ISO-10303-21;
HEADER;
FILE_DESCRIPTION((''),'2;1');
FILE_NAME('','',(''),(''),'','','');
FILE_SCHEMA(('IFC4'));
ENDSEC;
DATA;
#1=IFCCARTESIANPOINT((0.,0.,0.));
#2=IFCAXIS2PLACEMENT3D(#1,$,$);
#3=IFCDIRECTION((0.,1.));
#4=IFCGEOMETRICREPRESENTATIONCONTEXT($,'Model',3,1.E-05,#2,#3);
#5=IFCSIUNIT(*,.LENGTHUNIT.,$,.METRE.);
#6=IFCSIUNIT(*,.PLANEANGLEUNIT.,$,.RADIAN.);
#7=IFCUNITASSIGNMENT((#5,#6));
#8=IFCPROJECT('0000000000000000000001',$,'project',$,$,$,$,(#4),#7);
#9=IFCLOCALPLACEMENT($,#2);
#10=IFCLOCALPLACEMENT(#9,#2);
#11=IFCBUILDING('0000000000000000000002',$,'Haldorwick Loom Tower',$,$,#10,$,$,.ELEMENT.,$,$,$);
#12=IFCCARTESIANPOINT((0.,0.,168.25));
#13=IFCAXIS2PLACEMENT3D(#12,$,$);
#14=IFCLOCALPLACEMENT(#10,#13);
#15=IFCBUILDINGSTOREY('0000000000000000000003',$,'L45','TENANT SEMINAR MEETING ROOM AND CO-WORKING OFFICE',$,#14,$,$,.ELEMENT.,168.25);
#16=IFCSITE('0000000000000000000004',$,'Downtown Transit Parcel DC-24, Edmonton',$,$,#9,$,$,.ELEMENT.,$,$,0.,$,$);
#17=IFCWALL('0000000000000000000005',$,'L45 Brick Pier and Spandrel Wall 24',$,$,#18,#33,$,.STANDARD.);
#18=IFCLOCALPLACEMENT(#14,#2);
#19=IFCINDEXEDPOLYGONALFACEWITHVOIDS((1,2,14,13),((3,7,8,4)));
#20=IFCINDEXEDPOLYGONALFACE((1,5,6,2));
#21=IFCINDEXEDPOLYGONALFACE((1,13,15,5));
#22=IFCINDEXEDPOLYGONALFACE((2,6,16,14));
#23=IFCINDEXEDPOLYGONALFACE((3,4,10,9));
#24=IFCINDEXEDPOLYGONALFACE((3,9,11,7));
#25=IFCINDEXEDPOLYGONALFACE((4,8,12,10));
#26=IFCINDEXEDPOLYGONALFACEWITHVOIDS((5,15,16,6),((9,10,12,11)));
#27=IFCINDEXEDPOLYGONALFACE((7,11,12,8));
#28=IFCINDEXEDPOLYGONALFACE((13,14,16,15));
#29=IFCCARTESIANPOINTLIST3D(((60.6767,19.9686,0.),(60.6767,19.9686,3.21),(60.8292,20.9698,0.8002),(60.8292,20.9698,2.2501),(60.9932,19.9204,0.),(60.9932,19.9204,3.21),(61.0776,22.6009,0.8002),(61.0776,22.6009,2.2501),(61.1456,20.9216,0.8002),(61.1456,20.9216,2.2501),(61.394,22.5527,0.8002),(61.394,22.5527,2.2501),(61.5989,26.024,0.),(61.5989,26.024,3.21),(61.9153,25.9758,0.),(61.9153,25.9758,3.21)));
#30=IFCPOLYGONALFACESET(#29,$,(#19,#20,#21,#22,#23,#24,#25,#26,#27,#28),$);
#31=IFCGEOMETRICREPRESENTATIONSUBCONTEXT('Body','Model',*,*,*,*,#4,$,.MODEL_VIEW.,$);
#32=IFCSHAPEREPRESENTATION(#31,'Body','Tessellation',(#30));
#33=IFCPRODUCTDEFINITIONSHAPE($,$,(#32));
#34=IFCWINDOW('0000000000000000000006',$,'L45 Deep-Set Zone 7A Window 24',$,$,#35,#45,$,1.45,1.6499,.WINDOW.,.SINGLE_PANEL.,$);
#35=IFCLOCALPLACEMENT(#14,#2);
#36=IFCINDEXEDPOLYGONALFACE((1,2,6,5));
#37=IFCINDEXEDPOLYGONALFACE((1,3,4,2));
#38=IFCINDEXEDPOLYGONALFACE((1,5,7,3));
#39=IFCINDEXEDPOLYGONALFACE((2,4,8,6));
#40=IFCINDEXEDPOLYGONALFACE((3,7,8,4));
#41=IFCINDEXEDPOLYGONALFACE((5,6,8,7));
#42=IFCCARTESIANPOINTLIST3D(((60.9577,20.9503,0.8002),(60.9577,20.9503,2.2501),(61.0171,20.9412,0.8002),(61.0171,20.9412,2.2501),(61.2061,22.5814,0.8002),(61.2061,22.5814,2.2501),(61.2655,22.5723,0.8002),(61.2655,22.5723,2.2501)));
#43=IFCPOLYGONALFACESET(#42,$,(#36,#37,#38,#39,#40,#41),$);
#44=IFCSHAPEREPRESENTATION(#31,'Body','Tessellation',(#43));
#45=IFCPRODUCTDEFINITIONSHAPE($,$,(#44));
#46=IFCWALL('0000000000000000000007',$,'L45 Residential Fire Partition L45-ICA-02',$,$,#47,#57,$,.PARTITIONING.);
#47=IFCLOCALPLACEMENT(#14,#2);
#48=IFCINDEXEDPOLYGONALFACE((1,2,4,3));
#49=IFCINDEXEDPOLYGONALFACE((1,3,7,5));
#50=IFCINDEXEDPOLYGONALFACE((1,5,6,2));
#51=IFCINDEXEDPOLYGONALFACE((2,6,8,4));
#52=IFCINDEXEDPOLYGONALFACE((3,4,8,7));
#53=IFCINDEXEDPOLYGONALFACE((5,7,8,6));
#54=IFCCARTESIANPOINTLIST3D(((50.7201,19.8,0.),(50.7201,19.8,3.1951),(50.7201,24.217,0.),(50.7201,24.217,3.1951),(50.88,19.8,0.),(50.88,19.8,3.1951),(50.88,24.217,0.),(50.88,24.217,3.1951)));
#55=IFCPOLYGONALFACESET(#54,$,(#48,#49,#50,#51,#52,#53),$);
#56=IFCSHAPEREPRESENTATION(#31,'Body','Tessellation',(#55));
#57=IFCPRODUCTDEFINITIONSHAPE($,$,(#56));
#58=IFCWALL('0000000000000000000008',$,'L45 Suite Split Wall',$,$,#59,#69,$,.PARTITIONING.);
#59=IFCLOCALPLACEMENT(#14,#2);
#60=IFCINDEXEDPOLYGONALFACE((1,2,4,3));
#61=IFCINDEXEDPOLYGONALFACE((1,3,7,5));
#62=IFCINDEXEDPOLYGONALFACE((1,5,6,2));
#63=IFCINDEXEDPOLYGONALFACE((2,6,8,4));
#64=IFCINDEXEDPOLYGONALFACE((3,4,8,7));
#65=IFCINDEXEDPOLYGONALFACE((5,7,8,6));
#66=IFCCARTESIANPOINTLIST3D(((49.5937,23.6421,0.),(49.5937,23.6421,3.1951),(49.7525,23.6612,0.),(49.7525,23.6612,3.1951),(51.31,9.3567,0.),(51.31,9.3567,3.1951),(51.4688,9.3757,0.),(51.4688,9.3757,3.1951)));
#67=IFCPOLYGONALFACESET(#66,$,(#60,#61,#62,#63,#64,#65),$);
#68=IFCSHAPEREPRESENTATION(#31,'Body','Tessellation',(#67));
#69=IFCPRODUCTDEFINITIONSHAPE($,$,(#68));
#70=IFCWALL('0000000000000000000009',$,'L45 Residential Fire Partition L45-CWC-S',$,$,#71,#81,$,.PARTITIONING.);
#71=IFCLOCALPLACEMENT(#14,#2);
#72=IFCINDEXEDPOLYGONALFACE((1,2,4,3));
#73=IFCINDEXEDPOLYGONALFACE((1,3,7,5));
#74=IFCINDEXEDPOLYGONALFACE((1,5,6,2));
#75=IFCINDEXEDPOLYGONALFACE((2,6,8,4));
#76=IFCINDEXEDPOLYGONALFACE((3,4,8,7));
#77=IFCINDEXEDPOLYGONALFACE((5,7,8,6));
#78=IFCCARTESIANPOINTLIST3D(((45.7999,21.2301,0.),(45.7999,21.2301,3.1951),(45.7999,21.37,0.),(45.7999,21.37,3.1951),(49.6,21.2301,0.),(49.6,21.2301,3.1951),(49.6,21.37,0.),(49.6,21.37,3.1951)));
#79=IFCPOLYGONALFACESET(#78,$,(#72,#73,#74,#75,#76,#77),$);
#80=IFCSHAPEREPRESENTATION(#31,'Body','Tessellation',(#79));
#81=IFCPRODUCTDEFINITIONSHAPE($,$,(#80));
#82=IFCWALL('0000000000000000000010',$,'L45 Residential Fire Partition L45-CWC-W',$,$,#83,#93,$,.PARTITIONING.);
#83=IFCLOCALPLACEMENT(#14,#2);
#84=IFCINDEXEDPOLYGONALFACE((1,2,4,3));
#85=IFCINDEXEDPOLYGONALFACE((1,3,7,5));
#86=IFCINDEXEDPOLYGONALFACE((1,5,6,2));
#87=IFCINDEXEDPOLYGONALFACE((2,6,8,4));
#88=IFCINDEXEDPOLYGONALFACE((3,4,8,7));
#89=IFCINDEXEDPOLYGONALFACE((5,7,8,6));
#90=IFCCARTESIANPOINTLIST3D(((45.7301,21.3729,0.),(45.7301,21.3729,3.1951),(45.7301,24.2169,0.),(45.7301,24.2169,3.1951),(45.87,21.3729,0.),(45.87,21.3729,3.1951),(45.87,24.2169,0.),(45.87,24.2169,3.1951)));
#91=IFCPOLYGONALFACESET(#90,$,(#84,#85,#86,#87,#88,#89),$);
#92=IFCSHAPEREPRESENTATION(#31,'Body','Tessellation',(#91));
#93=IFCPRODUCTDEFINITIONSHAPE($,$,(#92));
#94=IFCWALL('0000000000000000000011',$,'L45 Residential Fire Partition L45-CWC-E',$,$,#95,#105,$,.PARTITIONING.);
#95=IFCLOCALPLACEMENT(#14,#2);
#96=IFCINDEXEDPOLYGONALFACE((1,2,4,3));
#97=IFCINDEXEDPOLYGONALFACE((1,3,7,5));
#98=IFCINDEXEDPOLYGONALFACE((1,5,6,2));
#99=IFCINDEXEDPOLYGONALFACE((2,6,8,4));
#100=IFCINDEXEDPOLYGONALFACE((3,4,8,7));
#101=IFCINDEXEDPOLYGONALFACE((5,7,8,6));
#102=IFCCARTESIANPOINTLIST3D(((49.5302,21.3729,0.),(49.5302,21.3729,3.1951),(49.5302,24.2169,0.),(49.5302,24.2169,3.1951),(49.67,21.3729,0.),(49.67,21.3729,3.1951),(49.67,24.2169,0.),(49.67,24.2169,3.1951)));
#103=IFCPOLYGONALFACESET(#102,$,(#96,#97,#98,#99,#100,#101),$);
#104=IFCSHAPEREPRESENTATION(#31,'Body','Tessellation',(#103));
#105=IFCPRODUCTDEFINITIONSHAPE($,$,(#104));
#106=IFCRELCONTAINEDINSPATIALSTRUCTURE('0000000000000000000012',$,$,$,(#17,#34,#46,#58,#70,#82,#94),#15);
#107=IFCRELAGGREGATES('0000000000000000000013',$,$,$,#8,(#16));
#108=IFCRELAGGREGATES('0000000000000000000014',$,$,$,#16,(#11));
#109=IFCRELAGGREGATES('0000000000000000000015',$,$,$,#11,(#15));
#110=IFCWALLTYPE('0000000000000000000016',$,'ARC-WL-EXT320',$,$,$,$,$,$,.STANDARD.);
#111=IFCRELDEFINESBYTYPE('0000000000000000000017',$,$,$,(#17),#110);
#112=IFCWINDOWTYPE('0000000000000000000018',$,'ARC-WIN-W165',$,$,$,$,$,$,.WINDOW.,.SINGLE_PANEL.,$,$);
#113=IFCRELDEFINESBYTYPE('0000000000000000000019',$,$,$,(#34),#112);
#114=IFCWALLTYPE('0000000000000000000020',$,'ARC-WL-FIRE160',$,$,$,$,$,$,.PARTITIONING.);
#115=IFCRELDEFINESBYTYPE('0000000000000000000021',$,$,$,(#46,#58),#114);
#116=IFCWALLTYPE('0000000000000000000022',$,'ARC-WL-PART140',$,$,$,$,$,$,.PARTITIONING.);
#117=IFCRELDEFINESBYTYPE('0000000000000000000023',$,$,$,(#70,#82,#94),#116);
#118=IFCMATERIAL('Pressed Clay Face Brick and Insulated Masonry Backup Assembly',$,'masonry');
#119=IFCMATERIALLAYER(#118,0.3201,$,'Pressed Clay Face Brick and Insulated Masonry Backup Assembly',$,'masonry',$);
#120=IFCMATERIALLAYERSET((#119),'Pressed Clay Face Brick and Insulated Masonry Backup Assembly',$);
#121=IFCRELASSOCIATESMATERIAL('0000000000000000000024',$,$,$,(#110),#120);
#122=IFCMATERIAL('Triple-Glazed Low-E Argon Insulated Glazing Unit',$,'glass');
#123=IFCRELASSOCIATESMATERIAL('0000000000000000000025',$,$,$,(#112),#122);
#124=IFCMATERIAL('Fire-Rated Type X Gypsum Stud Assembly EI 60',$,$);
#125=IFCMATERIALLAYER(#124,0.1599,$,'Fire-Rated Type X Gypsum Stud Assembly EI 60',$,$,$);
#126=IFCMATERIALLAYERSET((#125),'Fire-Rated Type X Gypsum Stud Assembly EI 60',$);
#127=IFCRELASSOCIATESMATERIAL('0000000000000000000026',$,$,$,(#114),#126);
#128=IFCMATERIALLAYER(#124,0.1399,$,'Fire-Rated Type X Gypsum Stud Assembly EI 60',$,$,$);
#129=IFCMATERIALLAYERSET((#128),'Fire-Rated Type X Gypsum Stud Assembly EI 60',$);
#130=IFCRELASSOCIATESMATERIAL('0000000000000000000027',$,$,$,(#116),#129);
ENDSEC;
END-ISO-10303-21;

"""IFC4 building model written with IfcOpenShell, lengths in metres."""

from ifc_helpers import new_model, si_unit, direction, frame, frame_2d, origin, place, context, subcontext, project, spatial, rectangle, extrude, material, layer, layer_set, type_object, element, fill, save


model = new_model("IFC4")

# Units and contexts
model_context = context("Model", 3, precision=1e-05, world=origin(), true_north=direction((0.0, 1.0)))
body_context = subcontext(model_context, "Body", "Model", "MODEL_VIEW")
ifc_project = project(units=[si_unit("LENGTHUNIT", "METRE"), si_unit("PLANEANGLEUNIT", "RADIAN")], contexts=[model_context])

# Site, building, storey
site_placement = place(None, origin())
site = spatial("IfcSite", under=ifc_project, at=site_placement, Name="Downtown Transit Parcel DC-24, Edmonton", CompositionType="ELEMENT", RefElevation=0.0)
building_placement = place(site_placement, origin())
building = spatial("IfcBuilding", under=site, at=building_placement, Name="Haldorwick Loom Tower", CompositionType="ELEMENT")
storey_placement = place(building_placement, frame((0.0, 0.0, 168.25)))
storey = spatial("IfcBuildingStorey", under=building, at=storey_placement, Name="L45", Description="TENANT SEMINAR MEETING ROOM AND CO-WORKING OFFICE", CompositionType="ELEMENT", Elevation=168.25)

# Shared definitions
ifc_material_1 = material(Name="Pressed Clay Face Brick and Insulated Masonry Backup Assembly", Category="masonry")
ifc_layer_1 = layer(ifc_material_1, 0.3201, Name="Pressed Clay Face Brick and Insulated Masonry Backup Assembly", Category="masonry")
ifc_layer_set_1 = layer_set([ifc_layer_1], Name="Pressed Clay Face Brick and Insulated Masonry Backup Assembly")
wall_type_1 = type_object("IfcWallType", Name="ARC-WL-EXT320", PredefinedType="STANDARD", material=ifc_layer_set_1)

# Wall, opening, window
wall_1_placement = place(storey_placement, frame((60.835, 19.9446, 0.0), z_axis=(0.0, 0.0, 1.0), x_axis=(0.150544, 0.988603, 0.0)))
wall_1 = element("IfcWall", 1, at=wall_1_placement, inside=storey, type_object=wall_type_1, Name="L45 Brick Pier and Spandrel Wall 24", PredefinedType="STANDARD", context=body_context, shape_type="SweptSolid", body=[
    extrude(rectangle(XDim=6.1252, YDim=0.3201, at=frame_2d((3.0625, 0.0))), origin(), (0.0, 0.0, 1.0), 3.21),
])
opening_1_placement = place(wall_1_placement, frame((1.0127, 0.0, 0.8)))
opening_1 = element("IfcOpeningElement", 2, at=opening_1_placement, cuts=wall_1, PredefinedType="OPENING", context=body_context, shape_type="SweptSolid", body=[
    extrude(rectangle(XDim=1.6499, YDim=1.45, at=frame_2d((0.825, 0.7251))), frame((0.0, 0.1699, 0.0), z_axis=(0.0, -1.0, 0.0), x_axis=(1.0, 0.0, 0.0)), (0.0, 0.0, 1.0), 0.3401),
])
ifc_material_2 = material(Name="Triple-Glazed Low-E Argon Insulated Glazing Unit", Category="glass")
window_type = type_object("IfcWindowType", Name="ARC-WIN-W165", PartitioningType="SINGLE_PANEL", PredefinedType="WINDOW", material=ifc_material_2)
window_placement = place(opening_1_placement, origin())
window = element("IfcWindow", 3, at=window_placement, inside=storey, type_object=window_type, Name="L45 Deep-Set Zone 7A Window 24", OverallHeight=1.45, OverallWidth=1.6499, PartitioningType="SINGLE_PANEL", PredefinedType="WINDOW", context=body_context, shape_type="SweptSolid", body=[
    extrude(rectangle(XDim=1.6499, YDim=1.45, at=frame_2d((0.825, 0.7251))), frame((0.0, 0.03, 0.0), z_axis=(0.0, -1.0, 0.0), x_axis=(1.0, 0.0, 0.0)), (0.0, 0.0, 1.0), 0.0601),
])
fill(opening_1, window)

# Walls
ifc_material_3 = material(Name="Fire-Rated Type X Gypsum Stud Assembly EI 60")
ifc_layer_2 = layer(ifc_material_3, 0.1599, Name="Fire-Rated Type X Gypsum Stud Assembly EI 60")
ifc_layer_set_2 = layer_set([ifc_layer_2], Name="Fire-Rated Type X Gypsum Stud Assembly EI 60")
wall_type_2 = type_object("IfcWallType", Name="ARC-WL-FIRE160", PredefinedType="PARTITIONING", material=ifc_layer_set_2)
wall_2_placement = place(storey_placement, frame((50.8, 24.217, 0.0), z_axis=(0.0, 0.0, 1.0), x_axis=(0.0, -1.0, 0.0)))
element("IfcWall", 4, at=wall_2_placement, inside=storey, type_object=wall_type_2, Name="L45 Residential Fire Partition L45-ICA-02", PredefinedType="PARTITIONING", context=body_context, shape_type="SweptSolid", body=[
    extrude(rectangle(XDim=4.417, YDim=0.1599, at=frame_2d((2.2085, 0.0))), origin(), (0.0, 0.0, 1.0), 3.1951),
])
wall_3_placement = place(storey_placement, frame((51.3894, 9.3662, 0.0), z_axis=(0.0, 0.0, 1.0), x_axis=(-0.119286, 0.99286, 0.0)))
element("IfcWall", 5, at=wall_3_placement, inside=storey, type_object=wall_type_2, Name="L45 Suite Split Wall", PredefinedType="PARTITIONING", context=body_context, shape_type="SweptSolid", body=[
    extrude(rectangle(XDim=14.3882, YDim=0.1599, at=frame_2d((7.1941, 0.0))), origin(), (0.0, 0.0, 1.0), 3.1951),
])
ifc_layer_3 = layer(ifc_material_3, 0.1399, Name="Fire-Rated Type X Gypsum Stud Assembly EI 60")
ifc_layer_set_3 = layer_set([ifc_layer_3], Name="Fire-Rated Type X Gypsum Stud Assembly EI 60")
wall_type_3 = type_object("IfcWallType", Name="ARC-WL-PART140", PredefinedType="PARTITIONING", material=ifc_layer_set_3)
wall_4_placement = place(storey_placement, frame((45.8, 21.3, 0.0), z_axis=(0.0, 0.0, 1.0), x_axis=(1.0, 0.0, 0.0)))
element("IfcWall", 6, at=wall_4_placement, inside=storey, type_object=wall_type_3, Name="L45 Residential Fire Partition L45-CWC-S", PredefinedType="PARTITIONING", context=body_context, shape_type="SweptSolid", body=[
    extrude(rectangle(XDim=3.8, YDim=0.1399, at=frame_2d((1.8999, 0.0))), origin(), (0.0, 0.0, 1.0), 3.1951),
])
for number, where, z_axis, x_axis, name in (
    (7, (45.8, 21.373, 0.0), (0.0, 0.0, 1.0), (0.0, 1.0, 0.0), "L45 Residential Fire Partition L45-CWC-W"),
    (8, (49.6001, 21.373, 0.0), (0.0, 0.0, 1.0), (0.0, 1.0, 0.0), "L45 Residential Fire Partition L45-CWC-E"),
):
    element("IfcWall", number, at=place(storey_placement, frame(where, z_axis=z_axis, x_axis=x_axis)), inside=storey, type_object=wall_type_3, Name=name, PredefinedType="PARTITIONING", context=body_context, shape_type="SweptSolid", body=[
        extrude(rectangle(XDim=2.844, YDim=0.1399, at=frame_2d((1.4219, 0.0))), origin(), (0.0, 0.0, 1.0), 3.1951),
    ])

save(model, "model.ifc")
